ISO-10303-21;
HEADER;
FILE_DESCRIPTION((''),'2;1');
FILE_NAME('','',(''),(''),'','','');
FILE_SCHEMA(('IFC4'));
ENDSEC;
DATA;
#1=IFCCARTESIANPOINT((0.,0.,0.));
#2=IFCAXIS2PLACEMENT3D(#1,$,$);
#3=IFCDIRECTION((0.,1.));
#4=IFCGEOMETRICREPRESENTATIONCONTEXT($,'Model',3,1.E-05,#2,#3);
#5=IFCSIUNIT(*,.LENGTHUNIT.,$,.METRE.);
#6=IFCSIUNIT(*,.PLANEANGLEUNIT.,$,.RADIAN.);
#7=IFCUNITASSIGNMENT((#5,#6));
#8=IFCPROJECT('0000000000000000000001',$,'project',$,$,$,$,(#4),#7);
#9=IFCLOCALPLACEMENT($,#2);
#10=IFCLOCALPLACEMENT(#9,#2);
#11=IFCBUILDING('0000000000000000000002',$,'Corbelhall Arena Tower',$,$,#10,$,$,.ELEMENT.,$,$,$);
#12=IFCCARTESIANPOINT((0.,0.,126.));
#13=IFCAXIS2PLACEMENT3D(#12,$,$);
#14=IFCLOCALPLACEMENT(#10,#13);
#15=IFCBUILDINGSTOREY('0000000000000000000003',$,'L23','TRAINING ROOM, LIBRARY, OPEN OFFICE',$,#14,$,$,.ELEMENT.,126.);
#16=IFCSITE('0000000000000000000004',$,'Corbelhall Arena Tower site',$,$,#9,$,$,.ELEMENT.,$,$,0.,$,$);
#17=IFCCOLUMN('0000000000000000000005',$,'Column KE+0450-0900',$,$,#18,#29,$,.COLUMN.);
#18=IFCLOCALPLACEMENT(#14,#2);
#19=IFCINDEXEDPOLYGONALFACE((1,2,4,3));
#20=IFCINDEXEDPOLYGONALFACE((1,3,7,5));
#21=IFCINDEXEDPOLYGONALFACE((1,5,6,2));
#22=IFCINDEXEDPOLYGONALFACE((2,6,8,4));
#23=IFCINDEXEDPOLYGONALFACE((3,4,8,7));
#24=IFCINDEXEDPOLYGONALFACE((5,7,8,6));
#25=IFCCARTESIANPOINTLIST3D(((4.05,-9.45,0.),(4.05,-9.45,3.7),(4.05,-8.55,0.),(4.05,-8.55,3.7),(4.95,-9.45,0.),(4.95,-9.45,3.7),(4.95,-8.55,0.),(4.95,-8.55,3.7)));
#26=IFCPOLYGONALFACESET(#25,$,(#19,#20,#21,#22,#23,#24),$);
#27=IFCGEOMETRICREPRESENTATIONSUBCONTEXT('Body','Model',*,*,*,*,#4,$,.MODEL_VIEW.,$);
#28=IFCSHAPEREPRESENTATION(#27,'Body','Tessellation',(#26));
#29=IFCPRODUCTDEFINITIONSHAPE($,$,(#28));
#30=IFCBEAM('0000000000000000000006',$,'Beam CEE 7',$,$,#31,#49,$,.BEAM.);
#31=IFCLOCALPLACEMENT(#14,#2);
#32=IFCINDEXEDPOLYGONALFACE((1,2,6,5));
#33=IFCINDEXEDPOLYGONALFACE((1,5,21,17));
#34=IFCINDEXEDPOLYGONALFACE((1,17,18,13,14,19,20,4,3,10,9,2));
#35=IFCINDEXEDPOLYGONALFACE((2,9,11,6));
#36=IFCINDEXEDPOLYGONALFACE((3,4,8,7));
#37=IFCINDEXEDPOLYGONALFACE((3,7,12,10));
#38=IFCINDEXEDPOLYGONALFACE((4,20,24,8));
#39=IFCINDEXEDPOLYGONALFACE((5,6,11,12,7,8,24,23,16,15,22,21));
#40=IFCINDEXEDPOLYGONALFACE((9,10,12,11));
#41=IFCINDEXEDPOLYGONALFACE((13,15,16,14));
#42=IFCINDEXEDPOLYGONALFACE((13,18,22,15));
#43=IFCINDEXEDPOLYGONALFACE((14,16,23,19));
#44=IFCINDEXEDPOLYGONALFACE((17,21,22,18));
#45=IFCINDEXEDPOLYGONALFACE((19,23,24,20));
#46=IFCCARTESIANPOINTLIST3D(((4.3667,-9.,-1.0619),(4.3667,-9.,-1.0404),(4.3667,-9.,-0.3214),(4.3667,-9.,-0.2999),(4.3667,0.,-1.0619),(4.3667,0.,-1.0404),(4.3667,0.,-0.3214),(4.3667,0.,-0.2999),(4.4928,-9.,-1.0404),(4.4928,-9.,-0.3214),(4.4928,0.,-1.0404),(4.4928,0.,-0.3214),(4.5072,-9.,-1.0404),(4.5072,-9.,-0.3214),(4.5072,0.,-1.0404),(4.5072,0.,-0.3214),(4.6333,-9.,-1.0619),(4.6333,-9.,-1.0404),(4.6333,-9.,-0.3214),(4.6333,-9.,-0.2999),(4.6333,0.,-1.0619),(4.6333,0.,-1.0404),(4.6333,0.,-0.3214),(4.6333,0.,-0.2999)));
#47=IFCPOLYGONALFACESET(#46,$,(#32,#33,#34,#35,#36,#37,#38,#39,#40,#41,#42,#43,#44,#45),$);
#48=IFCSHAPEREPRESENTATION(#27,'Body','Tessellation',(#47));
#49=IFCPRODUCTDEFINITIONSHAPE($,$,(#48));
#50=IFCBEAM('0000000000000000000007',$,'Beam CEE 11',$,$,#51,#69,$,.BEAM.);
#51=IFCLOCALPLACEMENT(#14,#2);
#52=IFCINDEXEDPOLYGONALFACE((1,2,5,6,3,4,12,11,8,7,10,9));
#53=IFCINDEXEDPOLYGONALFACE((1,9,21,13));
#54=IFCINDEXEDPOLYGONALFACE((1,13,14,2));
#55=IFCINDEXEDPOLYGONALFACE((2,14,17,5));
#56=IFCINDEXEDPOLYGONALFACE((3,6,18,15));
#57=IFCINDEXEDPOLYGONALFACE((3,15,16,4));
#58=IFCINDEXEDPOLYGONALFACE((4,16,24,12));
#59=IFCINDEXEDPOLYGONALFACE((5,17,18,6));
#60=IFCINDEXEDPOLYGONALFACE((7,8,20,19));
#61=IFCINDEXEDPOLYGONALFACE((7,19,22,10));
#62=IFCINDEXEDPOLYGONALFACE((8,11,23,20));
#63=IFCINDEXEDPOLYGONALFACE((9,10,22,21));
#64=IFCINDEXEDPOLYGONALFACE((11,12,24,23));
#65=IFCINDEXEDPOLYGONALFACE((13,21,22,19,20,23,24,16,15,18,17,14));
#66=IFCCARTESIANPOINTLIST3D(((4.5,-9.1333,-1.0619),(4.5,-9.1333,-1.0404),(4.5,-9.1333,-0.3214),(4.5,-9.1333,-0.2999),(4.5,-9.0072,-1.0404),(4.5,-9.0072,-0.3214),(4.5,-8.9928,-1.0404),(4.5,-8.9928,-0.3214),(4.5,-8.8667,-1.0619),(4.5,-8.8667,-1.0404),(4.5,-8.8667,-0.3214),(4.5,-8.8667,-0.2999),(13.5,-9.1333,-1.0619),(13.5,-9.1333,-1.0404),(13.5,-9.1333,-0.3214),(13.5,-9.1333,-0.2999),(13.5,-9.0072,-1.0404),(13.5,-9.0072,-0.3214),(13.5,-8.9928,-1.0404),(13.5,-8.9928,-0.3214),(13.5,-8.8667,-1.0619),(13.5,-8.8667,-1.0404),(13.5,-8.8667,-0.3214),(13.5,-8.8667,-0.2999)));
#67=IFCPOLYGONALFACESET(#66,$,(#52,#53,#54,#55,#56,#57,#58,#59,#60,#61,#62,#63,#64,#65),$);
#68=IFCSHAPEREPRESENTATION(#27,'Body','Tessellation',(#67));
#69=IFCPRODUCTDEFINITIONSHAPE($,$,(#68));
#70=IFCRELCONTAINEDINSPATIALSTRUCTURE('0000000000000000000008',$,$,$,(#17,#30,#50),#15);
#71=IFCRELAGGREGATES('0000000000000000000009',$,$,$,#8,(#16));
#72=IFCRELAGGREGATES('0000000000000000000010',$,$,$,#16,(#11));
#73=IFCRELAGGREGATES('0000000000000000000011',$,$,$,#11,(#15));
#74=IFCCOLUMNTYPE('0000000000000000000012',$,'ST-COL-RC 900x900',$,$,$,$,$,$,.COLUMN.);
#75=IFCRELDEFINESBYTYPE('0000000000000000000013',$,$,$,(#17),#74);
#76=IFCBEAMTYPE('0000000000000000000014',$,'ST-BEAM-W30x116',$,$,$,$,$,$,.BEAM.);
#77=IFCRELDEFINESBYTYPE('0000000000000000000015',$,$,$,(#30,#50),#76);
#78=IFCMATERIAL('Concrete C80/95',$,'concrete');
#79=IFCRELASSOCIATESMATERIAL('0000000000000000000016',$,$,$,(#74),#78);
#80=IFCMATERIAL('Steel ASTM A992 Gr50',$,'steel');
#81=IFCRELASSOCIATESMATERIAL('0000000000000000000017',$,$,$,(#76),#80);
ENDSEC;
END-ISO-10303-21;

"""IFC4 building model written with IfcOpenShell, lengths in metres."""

from ifc_helpers import new_model, si_unit, direction, frame, origin, origin_2d, place, context, subcontext, project, spatial, rectangle, i_section, extrude, material, material_profile, profile_set, type_object, element, save


model = new_model("IFC4")

# Units and contexts
model_context = context("Model", 3, precision=1e-05, world=origin(), true_north=direction((0.0, 1.0)))
body_context = subcontext(model_context, "Body", "Model", "MODEL_VIEW")
ifc_project = project(units=[si_unit("LENGTHUNIT", "METRE"), si_unit("PLANEANGLEUNIT", "RADIAN")], contexts=[model_context])

# Site, building, storey
site_placement = place(None, origin())
site = spatial("IfcSite", under=ifc_project, at=site_placement, Name="Corbelhall Arena Tower site", CompositionType="ELEMENT", RefElevation=0.0)
building_placement = place(site_placement, origin())
building = spatial("IfcBuilding", under=site, at=building_placement, Name="Corbelhall Arena Tower", CompositionType="ELEMENT")
storey_placement = place(building_placement, frame((0.0, 0.0, 126.0)))
storey = spatial("IfcBuildingStorey", under=building, at=storey_placement, Name="L23", Description="TRAINING ROOM, LIBRARY, OPEN OFFICE", CompositionType="ELEMENT", Elevation=126.0)

# Column
ifc_material_1 = material(Name="Concrete C80/95", Category="concrete")
ifc_material_profile_1 = material_profile(ifc_material_1, rectangle(XDim=0.8999, YDim=0.8999, at=origin_2d()))
ifc_profile_set_1 = profile_set([ifc_material_profile_1], Name="Concrete C80/95")
column_type = type_object("IfcColumnType", Name="ST-COL-RC 900x900", PredefinedType="COLUMN", material=ifc_profile_set_1)
column_placement = place(storey_placement, frame((4.5, -9.0, 0.0), z_axis=(0.0, 0.0, 1.0), x_axis=(1.0, 0.0, 0.0)))
element("IfcColumn", 1, at=column_placement, inside=storey, type_object=column_type, Name="Column KE+0450-0900", PredefinedType="COLUMN", context=body_context, shape_type="SweptSolid", body=[
    extrude(rectangle(XDim=0.8999, YDim=0.8999, at=origin_2d()), origin(), (0.0, 0.0, 1.0), 3.7),
])

# Beams
ifc_material_2 = material(Name="Steel ASTM A992 Gr50", Category="steel")
ifc_material_profile_2 = material_profile(ifc_material_2, i_section(OverallWidth=0.2666, OverallDepth=0.762, WebThickness=0.0144, FlangeThickness=0.0215, at=origin_2d()))
ifc_profile_set_2 = profile_set([ifc_material_profile_2], Name="Steel ASTM A992 Gr50")
beam_type = type_object("IfcBeamType", Name="ST-BEAM-W30x116", PredefinedType="BEAM", material=ifc_profile_set_2)
for number, where, z_axis, x_axis, name in (
    (2, (4.5, -9.0, -0.6809), (0.0, 1.0, 0.0), (-1.0, 0.0, 0.0), "Beam CEE 7"),
    (3, (4.5, -9.0, -0.6809), (1.0, 0.0, 0.0), (0.0, 1.0, 0.0), "Beam CEE 11"),
):
    element("IfcBeam", number, at=place(storey_placement, frame(where, z_axis=z_axis, x_axis=x_axis)), inside=storey, type_object=beam_type, Name=name, PredefinedType="BEAM", context=body_context, shape_type="SweptSolid", body=[
        extrude(i_section(OverallWidth=0.2666, OverallDepth=0.762, WebThickness=0.0144, FlangeThickness=0.0215, at=origin_2d()), origin(), (0.0, 0.0, 1.0), 9.0),
    ])

save(model, "model.ifc")
